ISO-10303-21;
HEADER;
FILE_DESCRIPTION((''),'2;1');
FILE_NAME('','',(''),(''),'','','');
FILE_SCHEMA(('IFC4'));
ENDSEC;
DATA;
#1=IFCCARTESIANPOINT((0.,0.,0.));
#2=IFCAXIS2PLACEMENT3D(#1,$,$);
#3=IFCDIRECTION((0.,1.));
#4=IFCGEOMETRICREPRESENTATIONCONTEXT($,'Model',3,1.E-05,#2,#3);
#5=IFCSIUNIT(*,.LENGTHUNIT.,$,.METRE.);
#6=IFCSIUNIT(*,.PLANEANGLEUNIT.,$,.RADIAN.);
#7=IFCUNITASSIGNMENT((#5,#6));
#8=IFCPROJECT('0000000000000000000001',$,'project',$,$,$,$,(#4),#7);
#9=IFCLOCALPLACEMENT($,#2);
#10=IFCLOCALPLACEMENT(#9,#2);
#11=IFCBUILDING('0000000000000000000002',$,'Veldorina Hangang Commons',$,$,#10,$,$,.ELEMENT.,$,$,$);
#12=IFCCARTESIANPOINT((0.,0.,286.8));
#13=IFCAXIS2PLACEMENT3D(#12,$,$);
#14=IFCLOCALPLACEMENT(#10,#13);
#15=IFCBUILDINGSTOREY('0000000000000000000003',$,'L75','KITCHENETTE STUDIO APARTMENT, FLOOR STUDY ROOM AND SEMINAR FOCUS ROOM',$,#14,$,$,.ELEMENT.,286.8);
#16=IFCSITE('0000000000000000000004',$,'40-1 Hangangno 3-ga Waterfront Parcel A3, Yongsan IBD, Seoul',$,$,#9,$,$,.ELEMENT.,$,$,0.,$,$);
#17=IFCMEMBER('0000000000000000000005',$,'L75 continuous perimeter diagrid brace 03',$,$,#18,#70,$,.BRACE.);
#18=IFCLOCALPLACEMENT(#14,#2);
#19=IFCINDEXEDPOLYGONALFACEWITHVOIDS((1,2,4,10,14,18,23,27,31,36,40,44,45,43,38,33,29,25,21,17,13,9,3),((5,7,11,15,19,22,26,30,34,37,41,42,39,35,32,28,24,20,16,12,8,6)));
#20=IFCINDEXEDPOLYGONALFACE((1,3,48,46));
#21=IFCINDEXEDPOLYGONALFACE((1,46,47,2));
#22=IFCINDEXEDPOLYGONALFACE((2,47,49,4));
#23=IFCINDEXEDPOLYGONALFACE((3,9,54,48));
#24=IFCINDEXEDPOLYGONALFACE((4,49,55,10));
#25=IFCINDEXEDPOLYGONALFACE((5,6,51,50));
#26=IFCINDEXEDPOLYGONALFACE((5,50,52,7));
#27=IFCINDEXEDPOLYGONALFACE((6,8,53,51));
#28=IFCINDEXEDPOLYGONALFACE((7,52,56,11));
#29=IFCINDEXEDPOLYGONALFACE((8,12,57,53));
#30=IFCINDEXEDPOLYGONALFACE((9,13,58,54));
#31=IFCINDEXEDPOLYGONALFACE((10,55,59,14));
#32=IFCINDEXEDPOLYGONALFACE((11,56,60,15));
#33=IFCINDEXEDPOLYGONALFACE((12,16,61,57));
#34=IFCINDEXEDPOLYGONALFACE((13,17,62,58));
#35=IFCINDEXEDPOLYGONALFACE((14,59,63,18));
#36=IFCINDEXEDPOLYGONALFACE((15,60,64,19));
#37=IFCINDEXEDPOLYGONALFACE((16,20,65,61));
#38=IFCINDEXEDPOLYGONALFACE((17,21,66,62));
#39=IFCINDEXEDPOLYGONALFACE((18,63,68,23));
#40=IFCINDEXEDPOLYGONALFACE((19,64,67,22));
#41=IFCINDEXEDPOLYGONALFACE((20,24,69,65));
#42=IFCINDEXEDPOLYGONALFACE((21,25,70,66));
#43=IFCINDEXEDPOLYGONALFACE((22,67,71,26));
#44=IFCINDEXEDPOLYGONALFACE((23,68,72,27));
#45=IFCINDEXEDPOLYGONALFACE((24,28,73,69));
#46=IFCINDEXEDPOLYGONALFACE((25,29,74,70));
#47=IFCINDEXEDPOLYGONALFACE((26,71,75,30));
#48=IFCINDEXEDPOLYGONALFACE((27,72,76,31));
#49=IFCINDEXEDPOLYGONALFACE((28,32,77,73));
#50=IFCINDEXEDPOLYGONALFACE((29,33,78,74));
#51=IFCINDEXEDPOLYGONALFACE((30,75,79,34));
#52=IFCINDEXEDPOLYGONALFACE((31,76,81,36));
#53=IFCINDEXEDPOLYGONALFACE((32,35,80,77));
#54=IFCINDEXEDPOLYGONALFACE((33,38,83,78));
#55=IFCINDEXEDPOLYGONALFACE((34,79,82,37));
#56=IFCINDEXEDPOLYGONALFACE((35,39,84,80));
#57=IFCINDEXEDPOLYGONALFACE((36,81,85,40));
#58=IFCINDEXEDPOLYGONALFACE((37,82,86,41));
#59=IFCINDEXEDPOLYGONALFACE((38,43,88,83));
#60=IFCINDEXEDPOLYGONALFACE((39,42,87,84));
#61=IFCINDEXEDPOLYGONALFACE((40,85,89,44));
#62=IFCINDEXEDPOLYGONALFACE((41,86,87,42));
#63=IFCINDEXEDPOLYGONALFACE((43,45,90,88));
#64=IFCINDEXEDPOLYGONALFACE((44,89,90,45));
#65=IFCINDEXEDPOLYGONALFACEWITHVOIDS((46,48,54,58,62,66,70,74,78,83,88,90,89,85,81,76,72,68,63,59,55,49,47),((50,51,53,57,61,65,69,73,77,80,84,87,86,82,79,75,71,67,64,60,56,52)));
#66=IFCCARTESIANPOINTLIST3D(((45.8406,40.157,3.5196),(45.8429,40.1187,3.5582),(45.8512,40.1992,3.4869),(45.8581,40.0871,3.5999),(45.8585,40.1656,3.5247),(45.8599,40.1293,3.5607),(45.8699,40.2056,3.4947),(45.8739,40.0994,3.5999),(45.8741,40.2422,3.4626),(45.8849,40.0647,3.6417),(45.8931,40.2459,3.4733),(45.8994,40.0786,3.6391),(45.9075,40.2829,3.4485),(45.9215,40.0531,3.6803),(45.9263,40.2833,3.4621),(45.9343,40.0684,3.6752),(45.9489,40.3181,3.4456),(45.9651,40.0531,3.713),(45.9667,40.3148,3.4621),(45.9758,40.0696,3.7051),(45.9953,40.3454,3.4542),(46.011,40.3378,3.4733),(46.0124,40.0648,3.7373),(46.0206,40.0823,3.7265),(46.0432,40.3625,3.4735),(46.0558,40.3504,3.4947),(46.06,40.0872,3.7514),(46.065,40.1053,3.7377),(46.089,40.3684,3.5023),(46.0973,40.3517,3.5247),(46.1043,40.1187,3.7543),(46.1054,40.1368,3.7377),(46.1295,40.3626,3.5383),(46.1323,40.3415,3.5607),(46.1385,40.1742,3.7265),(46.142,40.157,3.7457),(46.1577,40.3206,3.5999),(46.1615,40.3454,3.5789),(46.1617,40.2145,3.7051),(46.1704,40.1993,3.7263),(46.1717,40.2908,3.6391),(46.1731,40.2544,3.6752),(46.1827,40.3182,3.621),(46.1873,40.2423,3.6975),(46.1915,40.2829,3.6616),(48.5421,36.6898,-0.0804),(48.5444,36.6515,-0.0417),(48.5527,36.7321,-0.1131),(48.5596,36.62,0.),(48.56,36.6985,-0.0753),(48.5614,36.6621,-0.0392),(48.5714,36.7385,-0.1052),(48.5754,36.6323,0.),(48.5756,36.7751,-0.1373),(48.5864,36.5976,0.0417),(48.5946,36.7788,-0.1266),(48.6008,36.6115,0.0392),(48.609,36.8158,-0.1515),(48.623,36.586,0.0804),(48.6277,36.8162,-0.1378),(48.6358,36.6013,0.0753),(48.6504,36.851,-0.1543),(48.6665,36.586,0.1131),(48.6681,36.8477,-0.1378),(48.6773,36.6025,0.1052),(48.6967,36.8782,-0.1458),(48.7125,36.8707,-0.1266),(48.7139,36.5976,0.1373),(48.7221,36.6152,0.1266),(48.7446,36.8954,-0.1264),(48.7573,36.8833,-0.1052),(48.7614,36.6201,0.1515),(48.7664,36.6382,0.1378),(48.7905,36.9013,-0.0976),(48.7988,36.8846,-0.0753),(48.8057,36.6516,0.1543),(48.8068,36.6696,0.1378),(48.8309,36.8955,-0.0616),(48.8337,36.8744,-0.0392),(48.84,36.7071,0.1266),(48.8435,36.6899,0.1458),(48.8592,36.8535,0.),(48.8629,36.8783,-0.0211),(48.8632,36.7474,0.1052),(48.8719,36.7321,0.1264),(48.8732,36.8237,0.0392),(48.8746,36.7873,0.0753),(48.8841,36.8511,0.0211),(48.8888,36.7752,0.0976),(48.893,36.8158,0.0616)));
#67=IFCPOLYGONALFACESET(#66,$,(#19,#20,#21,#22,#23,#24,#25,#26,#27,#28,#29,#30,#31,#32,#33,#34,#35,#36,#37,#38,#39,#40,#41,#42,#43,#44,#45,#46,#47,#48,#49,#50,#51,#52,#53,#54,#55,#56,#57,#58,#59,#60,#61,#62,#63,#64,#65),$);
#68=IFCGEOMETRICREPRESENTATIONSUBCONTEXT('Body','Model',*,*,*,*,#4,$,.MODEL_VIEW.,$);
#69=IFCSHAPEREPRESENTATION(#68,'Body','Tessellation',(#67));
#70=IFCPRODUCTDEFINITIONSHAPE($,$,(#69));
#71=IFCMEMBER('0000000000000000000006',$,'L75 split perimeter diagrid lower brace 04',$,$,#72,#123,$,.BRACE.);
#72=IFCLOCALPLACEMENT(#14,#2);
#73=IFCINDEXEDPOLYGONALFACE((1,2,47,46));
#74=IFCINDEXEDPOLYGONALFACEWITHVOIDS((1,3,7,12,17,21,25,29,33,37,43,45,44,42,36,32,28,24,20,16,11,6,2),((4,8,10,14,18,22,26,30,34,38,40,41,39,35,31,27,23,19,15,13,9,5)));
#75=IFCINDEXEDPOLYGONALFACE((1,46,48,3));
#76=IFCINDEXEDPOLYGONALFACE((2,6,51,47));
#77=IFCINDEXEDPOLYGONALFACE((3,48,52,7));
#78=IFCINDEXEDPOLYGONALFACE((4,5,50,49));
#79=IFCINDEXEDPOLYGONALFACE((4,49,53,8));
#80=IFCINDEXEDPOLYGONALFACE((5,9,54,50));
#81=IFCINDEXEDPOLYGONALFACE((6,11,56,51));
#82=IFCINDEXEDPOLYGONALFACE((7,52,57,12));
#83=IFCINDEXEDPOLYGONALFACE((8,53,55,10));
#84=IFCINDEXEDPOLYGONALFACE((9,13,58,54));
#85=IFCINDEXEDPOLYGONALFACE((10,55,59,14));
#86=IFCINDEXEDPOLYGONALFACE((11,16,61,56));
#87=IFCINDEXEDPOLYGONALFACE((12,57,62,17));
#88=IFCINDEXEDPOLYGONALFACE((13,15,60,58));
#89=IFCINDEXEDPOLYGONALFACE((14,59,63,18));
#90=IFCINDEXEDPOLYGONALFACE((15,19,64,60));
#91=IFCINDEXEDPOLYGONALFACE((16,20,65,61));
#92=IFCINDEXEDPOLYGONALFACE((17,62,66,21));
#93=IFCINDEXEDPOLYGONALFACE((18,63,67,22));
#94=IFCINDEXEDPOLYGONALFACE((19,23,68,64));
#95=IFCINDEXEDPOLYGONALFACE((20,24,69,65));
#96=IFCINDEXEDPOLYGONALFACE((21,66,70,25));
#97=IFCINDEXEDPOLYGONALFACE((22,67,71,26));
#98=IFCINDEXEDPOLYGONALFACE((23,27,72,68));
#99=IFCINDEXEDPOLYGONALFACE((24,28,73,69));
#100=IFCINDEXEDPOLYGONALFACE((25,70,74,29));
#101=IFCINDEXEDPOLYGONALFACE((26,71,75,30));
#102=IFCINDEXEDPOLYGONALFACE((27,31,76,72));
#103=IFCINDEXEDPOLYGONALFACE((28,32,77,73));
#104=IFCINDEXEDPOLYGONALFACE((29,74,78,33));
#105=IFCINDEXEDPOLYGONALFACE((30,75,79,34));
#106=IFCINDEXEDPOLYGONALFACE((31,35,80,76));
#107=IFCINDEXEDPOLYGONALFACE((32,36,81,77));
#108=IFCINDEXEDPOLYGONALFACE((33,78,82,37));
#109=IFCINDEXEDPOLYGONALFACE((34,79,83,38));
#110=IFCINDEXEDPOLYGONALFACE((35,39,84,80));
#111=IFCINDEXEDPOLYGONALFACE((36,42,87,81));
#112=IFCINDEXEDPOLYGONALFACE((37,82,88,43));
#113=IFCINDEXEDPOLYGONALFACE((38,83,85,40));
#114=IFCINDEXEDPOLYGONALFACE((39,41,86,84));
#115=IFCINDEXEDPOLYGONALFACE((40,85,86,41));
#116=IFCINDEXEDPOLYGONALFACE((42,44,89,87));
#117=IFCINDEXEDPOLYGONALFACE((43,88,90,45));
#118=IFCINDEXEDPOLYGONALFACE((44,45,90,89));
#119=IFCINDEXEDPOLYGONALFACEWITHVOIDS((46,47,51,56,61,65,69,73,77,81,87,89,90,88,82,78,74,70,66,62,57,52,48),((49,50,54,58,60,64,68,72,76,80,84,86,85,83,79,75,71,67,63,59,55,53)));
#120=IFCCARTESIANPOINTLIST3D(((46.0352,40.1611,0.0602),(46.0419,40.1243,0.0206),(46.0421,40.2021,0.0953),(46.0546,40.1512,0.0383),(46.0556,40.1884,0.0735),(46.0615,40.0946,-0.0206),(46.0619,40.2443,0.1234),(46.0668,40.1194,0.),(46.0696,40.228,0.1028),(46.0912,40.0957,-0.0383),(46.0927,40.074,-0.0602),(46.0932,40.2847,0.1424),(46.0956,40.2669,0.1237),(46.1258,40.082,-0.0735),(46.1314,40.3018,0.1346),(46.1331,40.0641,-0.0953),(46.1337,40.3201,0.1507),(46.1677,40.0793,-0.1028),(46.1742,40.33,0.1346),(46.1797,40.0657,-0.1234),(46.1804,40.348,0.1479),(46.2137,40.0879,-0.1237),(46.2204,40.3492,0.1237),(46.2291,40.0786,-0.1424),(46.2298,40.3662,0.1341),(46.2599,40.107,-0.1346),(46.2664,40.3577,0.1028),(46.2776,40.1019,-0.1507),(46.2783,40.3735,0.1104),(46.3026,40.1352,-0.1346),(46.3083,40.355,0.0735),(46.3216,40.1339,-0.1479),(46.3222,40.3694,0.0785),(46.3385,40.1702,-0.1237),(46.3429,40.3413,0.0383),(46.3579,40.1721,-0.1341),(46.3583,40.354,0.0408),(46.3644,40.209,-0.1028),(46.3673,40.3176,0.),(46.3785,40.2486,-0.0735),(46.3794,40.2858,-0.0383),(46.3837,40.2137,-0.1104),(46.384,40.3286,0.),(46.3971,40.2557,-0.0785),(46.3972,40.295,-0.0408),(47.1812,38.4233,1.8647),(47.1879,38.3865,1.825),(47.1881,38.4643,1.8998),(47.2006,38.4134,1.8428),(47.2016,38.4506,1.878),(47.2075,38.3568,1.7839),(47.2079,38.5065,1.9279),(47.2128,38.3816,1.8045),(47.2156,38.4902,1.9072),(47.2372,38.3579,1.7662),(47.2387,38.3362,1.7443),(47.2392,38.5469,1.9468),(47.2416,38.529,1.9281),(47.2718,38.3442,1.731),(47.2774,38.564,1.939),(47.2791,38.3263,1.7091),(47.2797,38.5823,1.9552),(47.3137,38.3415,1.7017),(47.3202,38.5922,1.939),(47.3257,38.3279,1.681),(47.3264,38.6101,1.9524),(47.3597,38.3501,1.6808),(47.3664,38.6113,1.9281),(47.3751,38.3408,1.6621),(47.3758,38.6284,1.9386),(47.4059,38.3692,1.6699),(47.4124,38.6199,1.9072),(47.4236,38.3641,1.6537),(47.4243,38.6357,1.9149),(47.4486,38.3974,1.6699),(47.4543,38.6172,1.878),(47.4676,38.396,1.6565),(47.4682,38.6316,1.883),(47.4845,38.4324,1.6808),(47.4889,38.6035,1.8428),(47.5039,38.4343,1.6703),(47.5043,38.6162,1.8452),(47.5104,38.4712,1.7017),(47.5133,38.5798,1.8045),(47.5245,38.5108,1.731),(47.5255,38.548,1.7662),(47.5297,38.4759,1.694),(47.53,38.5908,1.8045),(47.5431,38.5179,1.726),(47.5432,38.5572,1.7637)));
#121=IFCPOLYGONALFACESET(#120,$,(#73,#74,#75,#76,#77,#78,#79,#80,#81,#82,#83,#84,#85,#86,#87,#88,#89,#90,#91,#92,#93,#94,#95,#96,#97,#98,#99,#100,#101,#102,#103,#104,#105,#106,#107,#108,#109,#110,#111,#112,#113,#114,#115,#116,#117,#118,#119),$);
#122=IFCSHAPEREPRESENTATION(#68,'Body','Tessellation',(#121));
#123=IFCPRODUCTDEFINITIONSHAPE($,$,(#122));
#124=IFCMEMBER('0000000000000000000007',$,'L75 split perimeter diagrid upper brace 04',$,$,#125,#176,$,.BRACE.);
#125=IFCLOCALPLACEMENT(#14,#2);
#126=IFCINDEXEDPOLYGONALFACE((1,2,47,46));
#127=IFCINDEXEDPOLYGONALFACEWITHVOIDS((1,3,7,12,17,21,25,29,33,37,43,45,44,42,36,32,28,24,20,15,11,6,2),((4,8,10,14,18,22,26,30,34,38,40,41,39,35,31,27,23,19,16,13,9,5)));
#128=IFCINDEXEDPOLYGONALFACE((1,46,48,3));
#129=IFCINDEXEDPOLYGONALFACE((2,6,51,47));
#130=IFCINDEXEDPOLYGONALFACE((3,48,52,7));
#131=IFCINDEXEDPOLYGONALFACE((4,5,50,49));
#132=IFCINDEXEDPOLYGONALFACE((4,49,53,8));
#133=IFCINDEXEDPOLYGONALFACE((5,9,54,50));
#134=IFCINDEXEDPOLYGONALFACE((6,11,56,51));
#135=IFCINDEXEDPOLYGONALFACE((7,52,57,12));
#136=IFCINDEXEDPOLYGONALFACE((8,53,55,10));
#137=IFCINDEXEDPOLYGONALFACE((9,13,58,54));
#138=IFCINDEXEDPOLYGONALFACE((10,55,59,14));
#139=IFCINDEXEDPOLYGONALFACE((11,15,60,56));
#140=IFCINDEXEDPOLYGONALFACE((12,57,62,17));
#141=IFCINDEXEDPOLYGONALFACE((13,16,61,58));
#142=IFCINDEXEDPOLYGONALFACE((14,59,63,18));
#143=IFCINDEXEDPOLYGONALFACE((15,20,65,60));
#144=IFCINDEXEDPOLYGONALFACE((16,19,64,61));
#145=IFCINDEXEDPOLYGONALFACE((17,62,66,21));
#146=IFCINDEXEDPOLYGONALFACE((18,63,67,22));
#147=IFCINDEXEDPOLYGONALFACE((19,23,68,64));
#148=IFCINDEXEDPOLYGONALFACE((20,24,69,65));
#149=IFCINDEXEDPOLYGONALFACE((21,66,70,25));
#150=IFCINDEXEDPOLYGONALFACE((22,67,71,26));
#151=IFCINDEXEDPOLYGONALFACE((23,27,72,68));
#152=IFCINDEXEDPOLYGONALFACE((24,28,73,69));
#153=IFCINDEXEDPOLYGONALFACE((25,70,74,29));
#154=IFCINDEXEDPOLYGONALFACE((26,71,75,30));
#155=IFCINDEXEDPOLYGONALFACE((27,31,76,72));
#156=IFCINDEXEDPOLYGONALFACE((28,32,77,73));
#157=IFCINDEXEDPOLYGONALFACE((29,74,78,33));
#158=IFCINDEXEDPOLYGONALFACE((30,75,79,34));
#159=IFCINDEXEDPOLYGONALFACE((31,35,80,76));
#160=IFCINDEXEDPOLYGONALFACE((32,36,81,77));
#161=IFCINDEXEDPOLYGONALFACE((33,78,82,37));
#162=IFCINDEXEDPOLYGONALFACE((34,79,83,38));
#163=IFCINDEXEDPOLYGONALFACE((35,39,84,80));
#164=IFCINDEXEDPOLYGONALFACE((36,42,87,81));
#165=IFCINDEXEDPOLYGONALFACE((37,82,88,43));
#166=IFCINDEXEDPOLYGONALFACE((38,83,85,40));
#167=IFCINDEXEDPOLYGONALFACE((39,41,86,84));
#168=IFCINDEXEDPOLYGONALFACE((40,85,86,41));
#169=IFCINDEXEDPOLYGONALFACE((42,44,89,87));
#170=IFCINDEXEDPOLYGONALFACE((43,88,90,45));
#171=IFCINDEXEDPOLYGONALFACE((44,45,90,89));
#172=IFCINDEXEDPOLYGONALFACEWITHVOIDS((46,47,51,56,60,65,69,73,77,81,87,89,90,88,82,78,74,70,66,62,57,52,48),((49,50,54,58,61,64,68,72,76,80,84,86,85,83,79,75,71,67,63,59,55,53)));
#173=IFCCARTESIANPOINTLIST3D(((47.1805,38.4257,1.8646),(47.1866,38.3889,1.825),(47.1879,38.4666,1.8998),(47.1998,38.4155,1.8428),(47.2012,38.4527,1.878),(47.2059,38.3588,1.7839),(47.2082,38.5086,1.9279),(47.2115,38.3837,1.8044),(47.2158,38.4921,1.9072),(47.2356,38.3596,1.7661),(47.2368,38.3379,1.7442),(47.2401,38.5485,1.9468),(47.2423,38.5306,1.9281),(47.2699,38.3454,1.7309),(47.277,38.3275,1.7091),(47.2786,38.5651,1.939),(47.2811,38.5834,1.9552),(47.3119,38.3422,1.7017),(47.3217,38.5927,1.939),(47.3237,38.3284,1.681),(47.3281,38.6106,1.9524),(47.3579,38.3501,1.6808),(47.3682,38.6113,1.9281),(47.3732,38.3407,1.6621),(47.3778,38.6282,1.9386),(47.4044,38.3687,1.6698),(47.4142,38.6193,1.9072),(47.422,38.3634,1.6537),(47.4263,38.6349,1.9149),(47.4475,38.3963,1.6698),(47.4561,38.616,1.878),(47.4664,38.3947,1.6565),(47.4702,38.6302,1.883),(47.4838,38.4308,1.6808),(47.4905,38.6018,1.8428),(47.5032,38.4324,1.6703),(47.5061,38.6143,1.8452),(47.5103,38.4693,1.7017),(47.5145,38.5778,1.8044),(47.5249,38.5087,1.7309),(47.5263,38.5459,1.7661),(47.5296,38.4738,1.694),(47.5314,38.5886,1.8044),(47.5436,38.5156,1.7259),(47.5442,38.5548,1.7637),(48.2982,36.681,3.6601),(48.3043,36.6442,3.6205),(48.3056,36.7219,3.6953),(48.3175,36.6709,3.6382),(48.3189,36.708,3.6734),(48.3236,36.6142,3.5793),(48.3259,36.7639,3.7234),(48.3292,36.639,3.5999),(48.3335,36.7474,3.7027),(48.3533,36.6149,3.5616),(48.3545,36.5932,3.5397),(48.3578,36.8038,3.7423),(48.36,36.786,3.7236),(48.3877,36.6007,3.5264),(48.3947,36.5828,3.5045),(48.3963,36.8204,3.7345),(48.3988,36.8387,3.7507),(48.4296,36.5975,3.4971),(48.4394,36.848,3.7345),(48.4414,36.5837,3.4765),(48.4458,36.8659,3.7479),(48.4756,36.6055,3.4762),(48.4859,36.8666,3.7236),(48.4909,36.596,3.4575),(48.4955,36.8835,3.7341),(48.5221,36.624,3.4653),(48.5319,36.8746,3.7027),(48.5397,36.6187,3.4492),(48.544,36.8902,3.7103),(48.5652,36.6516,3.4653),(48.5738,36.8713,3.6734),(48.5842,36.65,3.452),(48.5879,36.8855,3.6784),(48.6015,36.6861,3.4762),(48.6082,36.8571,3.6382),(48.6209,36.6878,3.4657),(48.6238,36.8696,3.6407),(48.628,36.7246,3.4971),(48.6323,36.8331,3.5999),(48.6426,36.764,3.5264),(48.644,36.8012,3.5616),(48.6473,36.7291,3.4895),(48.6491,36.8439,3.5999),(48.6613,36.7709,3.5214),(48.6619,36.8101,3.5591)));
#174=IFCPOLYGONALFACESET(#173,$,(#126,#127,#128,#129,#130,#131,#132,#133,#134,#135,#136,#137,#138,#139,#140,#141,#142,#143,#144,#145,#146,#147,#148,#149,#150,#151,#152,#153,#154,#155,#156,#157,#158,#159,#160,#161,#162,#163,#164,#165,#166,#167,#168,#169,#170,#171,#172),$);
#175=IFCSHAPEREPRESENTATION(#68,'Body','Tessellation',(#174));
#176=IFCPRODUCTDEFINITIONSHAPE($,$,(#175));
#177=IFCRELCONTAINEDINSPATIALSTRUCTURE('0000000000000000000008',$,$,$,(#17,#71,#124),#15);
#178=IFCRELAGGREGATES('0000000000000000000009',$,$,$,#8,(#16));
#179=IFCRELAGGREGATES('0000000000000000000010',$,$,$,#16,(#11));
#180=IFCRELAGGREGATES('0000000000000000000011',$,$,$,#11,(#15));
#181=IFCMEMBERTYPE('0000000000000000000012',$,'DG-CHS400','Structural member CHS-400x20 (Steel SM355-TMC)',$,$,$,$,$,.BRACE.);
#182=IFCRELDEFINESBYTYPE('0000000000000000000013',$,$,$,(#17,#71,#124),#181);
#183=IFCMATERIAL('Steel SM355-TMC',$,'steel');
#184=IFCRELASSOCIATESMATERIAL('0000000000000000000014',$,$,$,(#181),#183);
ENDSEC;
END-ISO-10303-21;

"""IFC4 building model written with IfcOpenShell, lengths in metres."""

from ifc_helpers import new_model, si_unit, direction, frame, origin, origin_2d, place, context, subcontext, project, spatial, hollow_circle, extrude, material, material_profile, profile_set, type_object, element, save


model = new_model("IFC4")

# Units and contexts
model_context = context("Model", 3, precision=1e-05, world=origin(), true_north=direction((0.0, 1.0)))
body_context = subcontext(model_context, "Body", "Model", "MODEL_VIEW")
ifc_project = project(units=[si_unit("LENGTHUNIT", "METRE"), si_unit("PLANEANGLEUNIT", "RADIAN")], contexts=[model_context])

# Site, building, storey
site_placement = place(None, origin())
site = spatial("IfcSite", under=ifc_project, at=site_placement, Name="40-1 Hangangno 3-ga Waterfront Parcel A3, Yongsan IBD, Seoul", CompositionType="ELEMENT", RefElevation=0.0)
building_placement = place(site_placement, origin())
building = spatial("IfcBuilding", under=site, at=building_placement, Name="Veldorina Hangang Commons", CompositionType="ELEMENT")
storey_placement = place(building_placement, frame((0.0, 0.0, 286.8)))
storey = spatial("IfcBuildingStorey", under=building, at=storey_placement, Name="L75", Description="KITCHENETTE STUDIO APARTMENT, FLOOR STUDY ROOM AND SEMINAR FOCUS ROOM", CompositionType="ELEMENT", Elevation=286.8)

# Shared definitions
ifc_material_1 = material(Name="Steel SM355-TMC", Category="steel")

# Members
ifc_material_profile_1 = material_profile(ifc_material_1, hollow_circle(Radius=0.2, WallThickness=0.02, at=origin_2d()), Name="CHS-400x20")
ifc_profile_set_1 = profile_set([ifc_material_profile_1], Name="Steel SM355-TMC")
member_type_1 = type_object("IfcMemberType", Name="DG-CHS400", Description="Structural member CHS-400x20 (Steel SM355-TMC)", PredefinedType="BRACE", material=ifc_profile_set_1)
member_1_placement = place(storey_placement, frame((48.7173, 36.7429, 0.0), z_axis=(-0.475494, 0.610257, 0.633634), x_axis=(-0.78882, -0.614625, 0.0)))
element("IfcMember", 1, at=member_1_placement, inside=storey, type_object=member_type_1, Name="L75 continuous perimeter diagrid brace 03", PredefinedType="BRACE", context=body_context, shape_type="SweptSolid", body=[
    extrude(hollow_circle(Radius=0.2, WallThickness=0.02, at=origin_2d()), origin(), (0.0, 0.0, 1.0), 5.6814),
])
member_2_placement = place(storey_placement, frame((46.217, 40.2185, 0.0), z_axis=(0.415991, -0.63081, 0.655004), x_axis=(0.834819, 0.550525, 0.0)))
element("IfcMember", 2, at=member_2_placement, inside=storey, type_object=member_type_1, Name="L75 split perimeter diagrid lower brace 04", PredefinedType="BRACE", context=body_context, shape_type="SweptSolid", body=[
    extrude(hollow_circle(Radius=0.2, WallThickness=0.02, at=origin_2d()), origin(), (0.0, 0.0, 1.0), 2.7549),
])
member_3_placement = place(storey_placement, frame((47.363, 38.4807, 1.8044), z_axis=(0.407671, -0.636352, 0.654874), x_axis=(0.842027, 0.539435, 0.0)))
element("IfcMember", 3, at=member_3_placement, inside=storey, type_object=member_type_1, Name="L75 split perimeter diagrid upper brace 04", PredefinedType="BRACE", context=body_context, shape_type="SweptSolid", body=[
    extrude(hollow_circle(Radius=0.2, WallThickness=0.02, at=origin_2d()), origin(), (0.0, 0.0, 1.0), 2.7417),
])

save(model, "model.ifc")
